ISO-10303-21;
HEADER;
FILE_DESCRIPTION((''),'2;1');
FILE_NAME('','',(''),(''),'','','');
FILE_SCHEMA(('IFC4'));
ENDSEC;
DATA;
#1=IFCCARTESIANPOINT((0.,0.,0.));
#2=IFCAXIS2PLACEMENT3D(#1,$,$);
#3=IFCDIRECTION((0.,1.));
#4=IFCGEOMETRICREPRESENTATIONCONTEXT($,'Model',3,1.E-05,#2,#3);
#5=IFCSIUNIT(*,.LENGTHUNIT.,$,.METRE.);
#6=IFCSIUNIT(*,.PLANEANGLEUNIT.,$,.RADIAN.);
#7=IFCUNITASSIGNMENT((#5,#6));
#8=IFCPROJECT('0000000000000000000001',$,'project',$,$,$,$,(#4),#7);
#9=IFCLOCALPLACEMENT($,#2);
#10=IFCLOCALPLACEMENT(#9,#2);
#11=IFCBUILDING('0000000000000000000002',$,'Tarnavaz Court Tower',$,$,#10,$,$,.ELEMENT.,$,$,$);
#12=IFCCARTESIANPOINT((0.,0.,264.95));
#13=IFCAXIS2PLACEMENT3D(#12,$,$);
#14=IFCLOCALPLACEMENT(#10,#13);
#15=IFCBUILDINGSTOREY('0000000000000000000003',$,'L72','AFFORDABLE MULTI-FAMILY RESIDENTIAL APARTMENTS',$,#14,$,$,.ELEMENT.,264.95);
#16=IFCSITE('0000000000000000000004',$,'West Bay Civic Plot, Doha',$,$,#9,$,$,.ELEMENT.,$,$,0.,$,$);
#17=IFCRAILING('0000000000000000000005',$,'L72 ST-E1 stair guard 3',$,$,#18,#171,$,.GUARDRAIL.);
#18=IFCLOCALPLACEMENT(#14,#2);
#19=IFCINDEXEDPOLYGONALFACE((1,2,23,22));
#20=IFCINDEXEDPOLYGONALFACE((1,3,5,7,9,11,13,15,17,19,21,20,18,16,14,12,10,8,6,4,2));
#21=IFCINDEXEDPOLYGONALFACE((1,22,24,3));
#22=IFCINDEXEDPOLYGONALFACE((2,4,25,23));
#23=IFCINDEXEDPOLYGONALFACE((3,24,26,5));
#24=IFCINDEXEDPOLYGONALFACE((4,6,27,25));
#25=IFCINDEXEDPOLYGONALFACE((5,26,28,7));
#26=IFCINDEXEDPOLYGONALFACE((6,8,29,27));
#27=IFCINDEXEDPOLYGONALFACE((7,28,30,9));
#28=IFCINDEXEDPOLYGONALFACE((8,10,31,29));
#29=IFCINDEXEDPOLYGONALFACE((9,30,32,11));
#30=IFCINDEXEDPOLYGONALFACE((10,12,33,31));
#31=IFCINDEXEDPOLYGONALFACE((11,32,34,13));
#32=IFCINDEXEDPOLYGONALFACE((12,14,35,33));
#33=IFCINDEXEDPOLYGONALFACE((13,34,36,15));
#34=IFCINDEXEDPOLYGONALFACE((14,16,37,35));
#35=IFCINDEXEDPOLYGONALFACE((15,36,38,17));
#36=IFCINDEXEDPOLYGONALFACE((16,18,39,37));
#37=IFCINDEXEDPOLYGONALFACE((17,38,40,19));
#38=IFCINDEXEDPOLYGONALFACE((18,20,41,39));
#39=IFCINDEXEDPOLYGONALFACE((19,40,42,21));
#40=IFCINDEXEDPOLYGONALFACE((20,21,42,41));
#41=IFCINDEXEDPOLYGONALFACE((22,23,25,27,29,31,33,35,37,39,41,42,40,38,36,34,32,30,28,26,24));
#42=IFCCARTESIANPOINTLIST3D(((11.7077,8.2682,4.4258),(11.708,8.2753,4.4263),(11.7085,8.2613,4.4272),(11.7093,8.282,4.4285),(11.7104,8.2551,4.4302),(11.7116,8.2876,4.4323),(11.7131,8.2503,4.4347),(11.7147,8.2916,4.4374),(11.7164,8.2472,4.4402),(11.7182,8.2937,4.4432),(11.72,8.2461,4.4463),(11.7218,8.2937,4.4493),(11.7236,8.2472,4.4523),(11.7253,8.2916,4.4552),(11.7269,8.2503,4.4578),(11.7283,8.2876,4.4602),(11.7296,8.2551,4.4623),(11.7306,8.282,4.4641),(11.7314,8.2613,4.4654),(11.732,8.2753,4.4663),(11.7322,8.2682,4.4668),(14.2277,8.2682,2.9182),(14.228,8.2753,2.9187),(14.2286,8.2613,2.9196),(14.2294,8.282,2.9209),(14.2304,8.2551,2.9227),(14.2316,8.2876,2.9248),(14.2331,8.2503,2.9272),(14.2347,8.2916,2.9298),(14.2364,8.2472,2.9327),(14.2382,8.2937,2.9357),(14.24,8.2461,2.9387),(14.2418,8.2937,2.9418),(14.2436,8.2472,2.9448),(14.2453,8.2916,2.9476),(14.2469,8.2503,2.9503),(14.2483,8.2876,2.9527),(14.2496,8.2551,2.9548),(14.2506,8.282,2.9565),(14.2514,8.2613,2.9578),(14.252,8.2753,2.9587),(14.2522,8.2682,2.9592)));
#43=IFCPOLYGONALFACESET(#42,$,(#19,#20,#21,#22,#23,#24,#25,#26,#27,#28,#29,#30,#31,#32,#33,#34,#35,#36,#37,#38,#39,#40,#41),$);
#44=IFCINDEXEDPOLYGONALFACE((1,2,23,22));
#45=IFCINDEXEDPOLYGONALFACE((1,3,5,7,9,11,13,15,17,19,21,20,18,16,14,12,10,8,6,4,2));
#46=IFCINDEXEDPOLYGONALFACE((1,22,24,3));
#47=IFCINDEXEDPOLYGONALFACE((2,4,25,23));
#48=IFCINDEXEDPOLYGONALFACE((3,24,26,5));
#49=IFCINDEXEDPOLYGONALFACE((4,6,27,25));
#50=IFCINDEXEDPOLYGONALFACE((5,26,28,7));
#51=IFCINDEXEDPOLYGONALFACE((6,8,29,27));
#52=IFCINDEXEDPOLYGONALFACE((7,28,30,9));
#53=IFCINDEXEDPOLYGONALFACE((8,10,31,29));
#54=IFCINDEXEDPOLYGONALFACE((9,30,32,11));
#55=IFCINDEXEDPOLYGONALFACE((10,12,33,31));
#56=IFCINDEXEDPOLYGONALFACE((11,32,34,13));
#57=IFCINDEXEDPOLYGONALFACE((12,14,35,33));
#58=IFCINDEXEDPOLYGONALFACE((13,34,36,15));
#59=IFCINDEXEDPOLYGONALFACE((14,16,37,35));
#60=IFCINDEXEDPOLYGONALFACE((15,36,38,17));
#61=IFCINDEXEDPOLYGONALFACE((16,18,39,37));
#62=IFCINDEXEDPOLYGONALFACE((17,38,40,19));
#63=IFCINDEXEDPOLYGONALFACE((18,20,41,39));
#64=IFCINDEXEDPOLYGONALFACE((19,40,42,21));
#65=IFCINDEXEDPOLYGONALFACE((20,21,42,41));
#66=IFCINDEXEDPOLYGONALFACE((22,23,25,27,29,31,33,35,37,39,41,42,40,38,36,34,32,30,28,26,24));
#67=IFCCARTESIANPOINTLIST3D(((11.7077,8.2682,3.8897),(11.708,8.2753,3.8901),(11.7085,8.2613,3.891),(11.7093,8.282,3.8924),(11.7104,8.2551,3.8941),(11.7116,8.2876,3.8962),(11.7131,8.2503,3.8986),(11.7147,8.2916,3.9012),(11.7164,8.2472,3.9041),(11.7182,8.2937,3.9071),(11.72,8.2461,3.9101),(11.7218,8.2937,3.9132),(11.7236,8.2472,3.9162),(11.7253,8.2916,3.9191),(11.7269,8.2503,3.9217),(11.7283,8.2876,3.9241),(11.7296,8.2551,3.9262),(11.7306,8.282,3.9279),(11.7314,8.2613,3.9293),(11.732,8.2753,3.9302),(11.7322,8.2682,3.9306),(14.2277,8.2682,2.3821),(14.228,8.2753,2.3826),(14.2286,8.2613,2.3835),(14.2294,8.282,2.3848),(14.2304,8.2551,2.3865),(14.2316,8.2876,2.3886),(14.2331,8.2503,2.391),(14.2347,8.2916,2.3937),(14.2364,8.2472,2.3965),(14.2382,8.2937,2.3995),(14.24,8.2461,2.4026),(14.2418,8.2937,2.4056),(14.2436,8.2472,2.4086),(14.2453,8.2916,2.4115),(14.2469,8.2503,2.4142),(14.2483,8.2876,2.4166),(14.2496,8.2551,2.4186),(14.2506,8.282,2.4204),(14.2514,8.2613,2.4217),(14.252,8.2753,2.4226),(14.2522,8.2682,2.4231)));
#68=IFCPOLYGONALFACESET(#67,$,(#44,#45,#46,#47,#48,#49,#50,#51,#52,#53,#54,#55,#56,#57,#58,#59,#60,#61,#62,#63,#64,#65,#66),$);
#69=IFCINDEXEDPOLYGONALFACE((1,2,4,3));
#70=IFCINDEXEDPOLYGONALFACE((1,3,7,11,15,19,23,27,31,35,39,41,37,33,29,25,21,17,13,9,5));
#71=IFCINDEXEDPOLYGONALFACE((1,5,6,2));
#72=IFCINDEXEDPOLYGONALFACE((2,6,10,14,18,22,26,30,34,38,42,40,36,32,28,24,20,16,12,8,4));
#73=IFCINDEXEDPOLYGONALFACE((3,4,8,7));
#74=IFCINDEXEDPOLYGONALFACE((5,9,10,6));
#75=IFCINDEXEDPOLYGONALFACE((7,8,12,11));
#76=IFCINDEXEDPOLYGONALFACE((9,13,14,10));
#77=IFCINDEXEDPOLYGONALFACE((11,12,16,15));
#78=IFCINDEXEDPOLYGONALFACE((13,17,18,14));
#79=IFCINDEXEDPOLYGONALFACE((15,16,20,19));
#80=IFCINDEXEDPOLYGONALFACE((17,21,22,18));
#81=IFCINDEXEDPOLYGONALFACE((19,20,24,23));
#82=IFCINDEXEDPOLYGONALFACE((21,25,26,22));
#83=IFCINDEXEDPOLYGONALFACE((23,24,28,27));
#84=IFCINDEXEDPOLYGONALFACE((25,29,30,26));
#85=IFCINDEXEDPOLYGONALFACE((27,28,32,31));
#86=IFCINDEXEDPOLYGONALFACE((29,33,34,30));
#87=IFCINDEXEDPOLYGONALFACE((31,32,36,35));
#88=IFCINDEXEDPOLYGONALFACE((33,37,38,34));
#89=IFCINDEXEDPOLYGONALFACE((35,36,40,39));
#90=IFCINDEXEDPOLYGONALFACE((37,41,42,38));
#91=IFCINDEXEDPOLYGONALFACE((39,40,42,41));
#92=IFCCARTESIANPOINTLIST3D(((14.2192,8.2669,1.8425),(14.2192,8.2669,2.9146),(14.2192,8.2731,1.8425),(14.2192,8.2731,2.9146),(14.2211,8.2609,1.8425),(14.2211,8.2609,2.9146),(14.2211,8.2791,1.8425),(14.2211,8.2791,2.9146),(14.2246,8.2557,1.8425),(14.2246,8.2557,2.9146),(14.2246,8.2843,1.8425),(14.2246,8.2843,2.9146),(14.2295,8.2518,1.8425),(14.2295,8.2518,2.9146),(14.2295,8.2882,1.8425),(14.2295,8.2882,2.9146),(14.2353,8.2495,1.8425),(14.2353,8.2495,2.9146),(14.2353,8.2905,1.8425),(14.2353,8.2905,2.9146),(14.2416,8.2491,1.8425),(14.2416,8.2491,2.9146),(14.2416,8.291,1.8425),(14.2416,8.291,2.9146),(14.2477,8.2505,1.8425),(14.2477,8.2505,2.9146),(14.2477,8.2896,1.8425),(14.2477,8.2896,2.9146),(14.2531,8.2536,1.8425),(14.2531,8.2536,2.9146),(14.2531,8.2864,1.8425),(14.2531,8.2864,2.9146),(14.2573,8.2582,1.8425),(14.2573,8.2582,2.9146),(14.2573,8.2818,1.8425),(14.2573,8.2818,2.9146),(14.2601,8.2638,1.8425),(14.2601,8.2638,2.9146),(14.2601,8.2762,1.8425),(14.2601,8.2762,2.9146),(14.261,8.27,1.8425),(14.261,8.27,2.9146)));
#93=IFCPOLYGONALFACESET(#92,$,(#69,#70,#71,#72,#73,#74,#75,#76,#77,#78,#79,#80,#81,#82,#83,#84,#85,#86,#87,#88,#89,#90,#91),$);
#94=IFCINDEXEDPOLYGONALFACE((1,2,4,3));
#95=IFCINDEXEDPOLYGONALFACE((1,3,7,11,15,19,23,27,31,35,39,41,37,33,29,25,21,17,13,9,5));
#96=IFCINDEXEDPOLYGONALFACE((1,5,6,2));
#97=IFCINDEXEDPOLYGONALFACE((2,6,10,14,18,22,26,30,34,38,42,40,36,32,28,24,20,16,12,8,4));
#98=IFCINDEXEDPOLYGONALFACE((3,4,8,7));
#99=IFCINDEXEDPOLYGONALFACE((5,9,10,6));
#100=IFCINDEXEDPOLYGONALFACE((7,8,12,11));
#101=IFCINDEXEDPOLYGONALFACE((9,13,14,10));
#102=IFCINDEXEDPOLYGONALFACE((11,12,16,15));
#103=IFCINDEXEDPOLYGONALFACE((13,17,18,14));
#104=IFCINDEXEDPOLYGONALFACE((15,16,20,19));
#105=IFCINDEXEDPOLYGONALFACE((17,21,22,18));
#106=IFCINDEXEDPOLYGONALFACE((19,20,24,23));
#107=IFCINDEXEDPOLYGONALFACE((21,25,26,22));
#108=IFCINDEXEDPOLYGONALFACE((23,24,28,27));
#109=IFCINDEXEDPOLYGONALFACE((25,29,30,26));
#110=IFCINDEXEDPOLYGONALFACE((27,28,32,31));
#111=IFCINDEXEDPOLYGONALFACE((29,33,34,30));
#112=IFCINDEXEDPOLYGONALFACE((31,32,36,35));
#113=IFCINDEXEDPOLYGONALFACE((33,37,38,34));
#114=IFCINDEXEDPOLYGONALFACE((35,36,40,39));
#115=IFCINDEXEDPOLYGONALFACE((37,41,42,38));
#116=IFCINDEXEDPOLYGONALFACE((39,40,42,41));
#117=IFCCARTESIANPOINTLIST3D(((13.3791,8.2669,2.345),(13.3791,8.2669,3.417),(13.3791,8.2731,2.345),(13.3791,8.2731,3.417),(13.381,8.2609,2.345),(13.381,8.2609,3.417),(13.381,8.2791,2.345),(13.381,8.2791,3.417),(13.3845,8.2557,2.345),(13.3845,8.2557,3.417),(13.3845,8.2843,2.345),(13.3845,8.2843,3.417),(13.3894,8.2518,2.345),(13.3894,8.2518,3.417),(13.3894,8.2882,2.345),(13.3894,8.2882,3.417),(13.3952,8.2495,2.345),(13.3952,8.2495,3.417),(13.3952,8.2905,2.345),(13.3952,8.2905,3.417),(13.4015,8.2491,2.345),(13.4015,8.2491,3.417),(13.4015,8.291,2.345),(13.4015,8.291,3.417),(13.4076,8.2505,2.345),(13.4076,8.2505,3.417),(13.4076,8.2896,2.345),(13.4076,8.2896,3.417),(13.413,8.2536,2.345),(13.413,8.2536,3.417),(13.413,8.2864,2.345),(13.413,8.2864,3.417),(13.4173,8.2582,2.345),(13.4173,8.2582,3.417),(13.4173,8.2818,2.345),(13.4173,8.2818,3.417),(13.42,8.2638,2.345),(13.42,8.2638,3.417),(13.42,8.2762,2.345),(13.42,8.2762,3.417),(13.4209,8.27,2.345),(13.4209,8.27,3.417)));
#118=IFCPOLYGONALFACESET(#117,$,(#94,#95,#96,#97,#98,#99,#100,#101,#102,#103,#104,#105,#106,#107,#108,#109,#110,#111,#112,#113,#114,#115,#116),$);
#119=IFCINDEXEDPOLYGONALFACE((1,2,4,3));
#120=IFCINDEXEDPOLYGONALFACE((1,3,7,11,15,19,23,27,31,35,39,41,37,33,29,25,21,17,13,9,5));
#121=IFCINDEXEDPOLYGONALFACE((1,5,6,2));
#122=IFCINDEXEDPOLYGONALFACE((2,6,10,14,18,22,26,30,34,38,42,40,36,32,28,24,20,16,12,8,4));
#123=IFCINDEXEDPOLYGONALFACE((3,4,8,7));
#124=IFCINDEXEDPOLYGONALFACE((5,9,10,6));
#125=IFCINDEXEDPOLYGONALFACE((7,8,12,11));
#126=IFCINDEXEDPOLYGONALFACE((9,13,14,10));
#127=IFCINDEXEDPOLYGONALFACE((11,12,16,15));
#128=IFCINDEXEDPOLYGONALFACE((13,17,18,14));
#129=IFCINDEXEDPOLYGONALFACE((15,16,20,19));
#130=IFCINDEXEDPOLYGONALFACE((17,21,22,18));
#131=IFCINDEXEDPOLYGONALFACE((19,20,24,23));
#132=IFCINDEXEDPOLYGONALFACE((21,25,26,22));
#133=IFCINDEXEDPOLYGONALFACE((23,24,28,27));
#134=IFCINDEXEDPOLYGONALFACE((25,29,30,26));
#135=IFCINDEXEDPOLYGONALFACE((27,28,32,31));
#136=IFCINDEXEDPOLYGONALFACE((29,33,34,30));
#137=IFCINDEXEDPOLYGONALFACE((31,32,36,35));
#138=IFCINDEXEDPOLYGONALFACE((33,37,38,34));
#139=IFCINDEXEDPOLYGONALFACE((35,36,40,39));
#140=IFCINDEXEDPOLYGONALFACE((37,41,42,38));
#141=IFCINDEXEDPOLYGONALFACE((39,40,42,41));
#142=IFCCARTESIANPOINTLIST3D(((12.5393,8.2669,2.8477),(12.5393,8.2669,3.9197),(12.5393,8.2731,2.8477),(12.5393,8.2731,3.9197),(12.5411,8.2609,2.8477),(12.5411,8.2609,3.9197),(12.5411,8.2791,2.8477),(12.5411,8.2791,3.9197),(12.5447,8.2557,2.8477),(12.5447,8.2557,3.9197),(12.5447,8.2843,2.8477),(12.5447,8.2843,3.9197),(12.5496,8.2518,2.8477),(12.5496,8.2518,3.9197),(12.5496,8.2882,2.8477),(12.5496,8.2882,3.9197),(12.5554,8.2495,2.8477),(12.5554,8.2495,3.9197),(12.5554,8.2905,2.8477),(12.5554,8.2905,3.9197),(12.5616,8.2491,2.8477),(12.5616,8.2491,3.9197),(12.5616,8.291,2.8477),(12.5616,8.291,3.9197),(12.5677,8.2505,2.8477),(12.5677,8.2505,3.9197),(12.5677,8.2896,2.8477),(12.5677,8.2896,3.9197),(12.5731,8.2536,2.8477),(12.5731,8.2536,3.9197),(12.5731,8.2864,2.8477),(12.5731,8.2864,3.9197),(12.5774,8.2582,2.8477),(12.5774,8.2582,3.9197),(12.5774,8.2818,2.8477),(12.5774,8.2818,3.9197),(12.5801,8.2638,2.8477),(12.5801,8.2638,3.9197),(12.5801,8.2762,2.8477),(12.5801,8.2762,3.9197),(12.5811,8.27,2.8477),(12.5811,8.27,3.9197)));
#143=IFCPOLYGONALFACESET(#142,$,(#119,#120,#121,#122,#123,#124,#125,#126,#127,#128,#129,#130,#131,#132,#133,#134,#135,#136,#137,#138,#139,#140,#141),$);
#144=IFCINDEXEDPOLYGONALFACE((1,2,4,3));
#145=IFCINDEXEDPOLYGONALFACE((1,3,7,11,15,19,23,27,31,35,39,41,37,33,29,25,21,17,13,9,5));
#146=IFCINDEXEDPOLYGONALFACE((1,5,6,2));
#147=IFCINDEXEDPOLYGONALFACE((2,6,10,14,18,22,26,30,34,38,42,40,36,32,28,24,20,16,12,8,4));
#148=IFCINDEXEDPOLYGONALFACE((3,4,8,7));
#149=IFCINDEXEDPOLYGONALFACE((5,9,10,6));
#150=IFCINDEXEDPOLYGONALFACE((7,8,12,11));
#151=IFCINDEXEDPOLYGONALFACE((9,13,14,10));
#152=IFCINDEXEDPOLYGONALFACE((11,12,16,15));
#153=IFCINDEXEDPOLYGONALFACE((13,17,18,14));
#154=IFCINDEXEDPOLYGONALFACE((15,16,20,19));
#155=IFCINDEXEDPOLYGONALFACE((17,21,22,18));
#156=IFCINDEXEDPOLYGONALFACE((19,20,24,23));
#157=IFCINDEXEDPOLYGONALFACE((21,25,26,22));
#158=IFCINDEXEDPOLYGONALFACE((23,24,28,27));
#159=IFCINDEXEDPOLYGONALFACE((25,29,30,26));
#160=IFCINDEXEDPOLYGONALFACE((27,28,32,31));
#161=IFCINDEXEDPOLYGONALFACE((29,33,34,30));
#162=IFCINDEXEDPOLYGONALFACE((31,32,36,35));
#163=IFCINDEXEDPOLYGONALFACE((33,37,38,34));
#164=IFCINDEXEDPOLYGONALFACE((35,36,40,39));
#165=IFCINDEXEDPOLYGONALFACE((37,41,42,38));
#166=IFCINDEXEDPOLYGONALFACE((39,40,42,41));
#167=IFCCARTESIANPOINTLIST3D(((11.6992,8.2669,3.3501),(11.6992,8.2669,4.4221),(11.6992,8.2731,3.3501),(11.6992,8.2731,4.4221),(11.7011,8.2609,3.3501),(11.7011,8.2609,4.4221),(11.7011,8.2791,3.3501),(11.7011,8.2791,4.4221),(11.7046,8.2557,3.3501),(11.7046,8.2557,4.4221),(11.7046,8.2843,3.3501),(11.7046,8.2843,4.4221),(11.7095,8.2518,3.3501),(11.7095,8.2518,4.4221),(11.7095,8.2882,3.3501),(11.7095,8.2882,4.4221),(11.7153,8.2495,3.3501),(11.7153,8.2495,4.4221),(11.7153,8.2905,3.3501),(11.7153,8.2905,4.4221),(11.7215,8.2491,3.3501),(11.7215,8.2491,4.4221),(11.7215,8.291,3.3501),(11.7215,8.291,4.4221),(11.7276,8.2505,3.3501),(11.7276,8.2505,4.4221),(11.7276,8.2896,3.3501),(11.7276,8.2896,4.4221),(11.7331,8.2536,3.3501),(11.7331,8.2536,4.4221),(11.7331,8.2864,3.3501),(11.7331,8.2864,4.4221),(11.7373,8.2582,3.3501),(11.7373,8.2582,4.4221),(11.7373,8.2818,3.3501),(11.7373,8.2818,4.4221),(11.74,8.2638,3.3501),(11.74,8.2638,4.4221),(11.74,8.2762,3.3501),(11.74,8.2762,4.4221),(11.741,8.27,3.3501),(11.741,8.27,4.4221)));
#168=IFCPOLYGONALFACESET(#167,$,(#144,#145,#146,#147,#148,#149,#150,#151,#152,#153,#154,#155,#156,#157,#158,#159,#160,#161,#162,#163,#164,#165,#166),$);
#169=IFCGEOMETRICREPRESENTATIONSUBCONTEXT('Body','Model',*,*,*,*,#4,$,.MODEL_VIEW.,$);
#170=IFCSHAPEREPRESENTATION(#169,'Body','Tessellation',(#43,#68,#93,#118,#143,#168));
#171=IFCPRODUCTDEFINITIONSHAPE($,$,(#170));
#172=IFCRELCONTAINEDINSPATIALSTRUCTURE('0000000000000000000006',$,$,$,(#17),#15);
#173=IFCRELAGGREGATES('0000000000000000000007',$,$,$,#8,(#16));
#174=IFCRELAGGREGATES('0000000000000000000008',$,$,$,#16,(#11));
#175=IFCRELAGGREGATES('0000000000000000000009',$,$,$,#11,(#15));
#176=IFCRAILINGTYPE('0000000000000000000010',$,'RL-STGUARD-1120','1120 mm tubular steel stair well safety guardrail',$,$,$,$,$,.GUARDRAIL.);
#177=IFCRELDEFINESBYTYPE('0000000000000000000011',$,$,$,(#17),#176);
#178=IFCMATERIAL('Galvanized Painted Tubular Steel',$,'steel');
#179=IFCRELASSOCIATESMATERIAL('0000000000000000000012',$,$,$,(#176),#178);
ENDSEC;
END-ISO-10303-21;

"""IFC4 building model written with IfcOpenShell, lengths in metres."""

from ifc_helpers import new_model, si_unit, direction, frame, origin, origin_2d, place, context, subcontext, project, spatial, circle, extrude, material, type_object, element, save


model = new_model("IFC4")

# Units and contexts
model_context = context("Model", 3, precision=1e-05, world=origin(), true_north=direction((0.0, 1.0)))
body_context = subcontext(model_context, "Body", "Model", "MODEL_VIEW")
ifc_project = project(units=[si_unit("LENGTHUNIT", "METRE"), si_unit("PLANEANGLEUNIT", "RADIAN")], contexts=[model_context])

# Site, building, storey
site_placement = place(None, origin())
site = spatial("IfcSite", under=ifc_project, at=site_placement, Name="West Bay Civic Plot, Doha", CompositionType="ELEMENT", RefElevation=0.0)
building_placement = place(site_placement, origin())
building = spatial("IfcBuilding", under=site, at=building_placement, Name="Tarnavaz Court Tower", CompositionType="ELEMENT")
storey_placement = place(building_placement, frame((0.0, 0.0, 264.95)))
storey = spatial("IfcBuildingStorey", under=building, at=storey_placement, Name="L72", Description="AFFORDABLE MULTI-FAMILY RESIDENTIAL APARTMENTS", CompositionType="ELEMENT", Elevation=264.95)

# Railing
ifc_material_1 = material(Name="Galvanized Painted Tubular Steel", Category="steel")
railing_type_1 = type_object("IfcRailingType", Name="RL-STGUARD-1120", Description="1120 mm tubular steel stair well safety guardrail", PredefinedType="GUARDRAIL", material=ifc_material_1)
railing_1_placement = place(storey_placement, frame((14.24, 8.27, 1.8425)))
element("IfcRailing", 1, at=railing_1_placement, inside=storey, type_object=railing_type_1, Name="L72 ST-E1 stair guard 3", PredefinedType="GUARDRAIL", context=body_context, shape_type="SweptSolid", body=[
    extrude(circle(Radius=0.0239, at=origin_2d()), frame((0.0, 0.0, 1.0962), z_axis=(-0.85816, 0.0, 0.513383), x_axis=(0.0, -1.0, 0.0)), (0.0, 0.0, 1.0), 2.9365),
    extrude(circle(Radius=0.0239, at=origin_2d()), frame((0.0, 0.0, 0.5601), z_axis=(-0.85816, 0.0, 0.513383), x_axis=(0.0, -1.0, 0.0)), (0.0, 0.0, 1.0), 2.9365),
    extrude(circle(Radius=0.021, at=origin_2d()), origin(), (0.0, 0.0, 1.0), 1.072),
    extrude(circle(Radius=0.021, at=origin_2d()), frame((-0.8401, 0.0, 0.5024)), (0.0, 0.0, 1.0), 1.072),
    extrude(circle(Radius=0.021, at=origin_2d()), frame((-1.6799, 0.0, 1.0051)), (0.0, 0.0, 1.0), 1.072),
    extrude(circle(Radius=0.021, at=origin_2d()), frame((-2.52, 0.0, 1.5076)), (0.0, 0.0, 1.0), 1.072),
])

save(model, "model.ifc")
